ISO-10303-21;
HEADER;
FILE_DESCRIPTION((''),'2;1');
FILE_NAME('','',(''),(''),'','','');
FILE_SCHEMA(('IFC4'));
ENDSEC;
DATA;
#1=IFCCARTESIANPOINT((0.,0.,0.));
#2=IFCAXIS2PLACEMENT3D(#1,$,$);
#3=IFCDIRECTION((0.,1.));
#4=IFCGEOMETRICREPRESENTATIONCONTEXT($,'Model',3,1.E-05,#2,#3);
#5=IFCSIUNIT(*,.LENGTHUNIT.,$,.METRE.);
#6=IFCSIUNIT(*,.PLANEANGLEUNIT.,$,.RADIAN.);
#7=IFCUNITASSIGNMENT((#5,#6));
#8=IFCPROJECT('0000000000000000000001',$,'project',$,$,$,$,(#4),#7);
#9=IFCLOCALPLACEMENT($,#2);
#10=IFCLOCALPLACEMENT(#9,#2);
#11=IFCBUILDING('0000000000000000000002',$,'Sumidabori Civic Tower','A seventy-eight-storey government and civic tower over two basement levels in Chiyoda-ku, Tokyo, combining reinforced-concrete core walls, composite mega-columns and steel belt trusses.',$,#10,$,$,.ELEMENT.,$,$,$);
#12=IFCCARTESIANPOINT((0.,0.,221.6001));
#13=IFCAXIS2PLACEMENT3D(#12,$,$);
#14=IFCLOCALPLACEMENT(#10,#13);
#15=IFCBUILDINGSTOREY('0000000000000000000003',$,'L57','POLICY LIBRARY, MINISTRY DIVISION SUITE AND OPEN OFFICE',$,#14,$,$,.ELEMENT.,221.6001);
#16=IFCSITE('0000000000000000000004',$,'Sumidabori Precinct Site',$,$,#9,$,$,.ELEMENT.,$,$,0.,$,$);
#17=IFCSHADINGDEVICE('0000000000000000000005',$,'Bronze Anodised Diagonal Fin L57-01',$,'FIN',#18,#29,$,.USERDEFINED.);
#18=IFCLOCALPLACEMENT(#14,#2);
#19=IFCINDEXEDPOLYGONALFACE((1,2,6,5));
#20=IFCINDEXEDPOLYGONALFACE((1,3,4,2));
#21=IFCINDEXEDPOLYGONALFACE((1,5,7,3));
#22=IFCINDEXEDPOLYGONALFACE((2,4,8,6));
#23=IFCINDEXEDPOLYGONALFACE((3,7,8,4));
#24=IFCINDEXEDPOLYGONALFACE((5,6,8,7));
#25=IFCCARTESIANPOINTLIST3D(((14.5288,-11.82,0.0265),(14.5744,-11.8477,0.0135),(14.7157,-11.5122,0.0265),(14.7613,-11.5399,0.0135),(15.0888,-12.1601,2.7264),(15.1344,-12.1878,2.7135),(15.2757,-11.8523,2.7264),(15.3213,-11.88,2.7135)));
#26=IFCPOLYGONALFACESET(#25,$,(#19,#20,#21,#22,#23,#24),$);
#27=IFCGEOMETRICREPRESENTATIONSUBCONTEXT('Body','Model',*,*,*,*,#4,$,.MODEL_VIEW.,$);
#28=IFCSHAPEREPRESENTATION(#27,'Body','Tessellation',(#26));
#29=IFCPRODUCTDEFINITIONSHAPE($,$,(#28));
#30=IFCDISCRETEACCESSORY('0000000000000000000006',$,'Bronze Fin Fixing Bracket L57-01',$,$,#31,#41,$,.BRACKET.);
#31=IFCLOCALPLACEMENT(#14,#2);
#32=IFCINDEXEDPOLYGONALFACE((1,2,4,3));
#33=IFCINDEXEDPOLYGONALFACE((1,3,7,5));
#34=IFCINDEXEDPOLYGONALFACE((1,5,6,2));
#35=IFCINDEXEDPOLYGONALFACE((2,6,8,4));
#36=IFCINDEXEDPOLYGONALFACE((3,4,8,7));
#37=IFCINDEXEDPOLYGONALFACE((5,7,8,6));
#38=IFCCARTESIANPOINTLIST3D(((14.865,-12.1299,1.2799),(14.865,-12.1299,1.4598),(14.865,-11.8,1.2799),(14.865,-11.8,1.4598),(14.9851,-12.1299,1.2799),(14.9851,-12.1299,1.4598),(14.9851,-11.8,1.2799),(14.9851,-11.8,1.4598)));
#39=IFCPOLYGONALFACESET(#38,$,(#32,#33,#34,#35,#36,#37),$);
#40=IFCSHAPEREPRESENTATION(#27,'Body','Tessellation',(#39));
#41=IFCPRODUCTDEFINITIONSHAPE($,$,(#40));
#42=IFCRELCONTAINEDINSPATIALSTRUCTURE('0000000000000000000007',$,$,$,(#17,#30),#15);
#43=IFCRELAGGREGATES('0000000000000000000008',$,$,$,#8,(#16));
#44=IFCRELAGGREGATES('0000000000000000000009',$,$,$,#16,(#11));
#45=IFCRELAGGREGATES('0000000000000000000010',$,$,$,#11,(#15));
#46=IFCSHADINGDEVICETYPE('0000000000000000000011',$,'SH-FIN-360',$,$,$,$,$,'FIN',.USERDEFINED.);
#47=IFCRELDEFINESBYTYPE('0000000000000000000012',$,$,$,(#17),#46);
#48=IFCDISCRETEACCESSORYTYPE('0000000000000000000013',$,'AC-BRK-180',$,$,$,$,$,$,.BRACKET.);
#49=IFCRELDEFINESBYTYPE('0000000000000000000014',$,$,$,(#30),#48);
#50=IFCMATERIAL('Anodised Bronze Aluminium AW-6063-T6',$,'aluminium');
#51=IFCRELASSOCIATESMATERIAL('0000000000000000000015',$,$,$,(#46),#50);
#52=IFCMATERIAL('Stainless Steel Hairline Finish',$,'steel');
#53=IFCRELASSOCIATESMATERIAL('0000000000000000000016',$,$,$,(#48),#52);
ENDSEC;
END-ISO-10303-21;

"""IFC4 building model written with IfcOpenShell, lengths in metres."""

from ifc_helpers import new_model, si_unit, direction, frame, origin, origin_2d, place, context, subcontext, project, spatial, rectangle, extrude, source, transform, mapped, material, material_profile, profile_set, type_object, element, save


model = new_model("IFC4")

# Units and contexts
model_context = context("Model", 3, precision=1e-05, world=origin(), true_north=direction((0.0, 1.0)))
body_context = subcontext(model_context, "Body", "Model", "MODEL_VIEW")
ifc_project = project(units=[si_unit("LENGTHUNIT", "METRE"), si_unit("PLANEANGLEUNIT", "RADIAN")], contexts=[model_context])

# Site, building, storey
site_placement = place(None, origin())
site = spatial("IfcSite", under=ifc_project, at=site_placement, Name="Sumidabori Precinct Site", CompositionType="ELEMENT", RefElevation=0.0)
building_placement = place(site_placement, origin())
building = spatial("IfcBuilding", under=site, at=building_placement, Name="Sumidabori Civic Tower", Description="A seventy-eight-storey government and civic tower over two basement levels in Chiyoda-ku, Tokyo, combining reinforced-concrete core walls, composite mega-columns and steel belt trusses.", CompositionType="ELEMENT")
storey_placement = place(building_placement, frame((0.0, 0.0, 221.6001)))
storey = spatial("IfcBuildingStorey", under=building, at=storey_placement, Name="L57", Description="POLICY LIBRARY, MINISTRY DIVISION SUITE AND OPEN OFFICE", CompositionType="ELEMENT", Elevation=221.6001)

# Shared definitions
ifc_material_1 = material(Name="Anodised Bronze Aluminium AW-6063-T6", Category="aluminium")

# Shading device
ifc_material_profile_1 = material_profile(ifc_material_1, rectangle(XDim=0.0549, YDim=0.3601, at=origin_2d()), Name="BRONZE FIN 360x55")
ifc_profile_set_1 = profile_set([ifc_material_profile_1], Name="Anodised Bronze Aluminium AW-6063-T6")
shading_device_type = type_object("IfcShadingDeviceType", Name="SH-FIN-360", ElementType="FIN", PredefinedType="USERDEFINED", material=ifc_profile_set_1)
shared_shape_1 = source(origin(), body_context, "Body", "SweptSolid", [
    extrude(rectangle(XDim=0.0549, YDim=0.3601, at=origin_2d()), origin(), (0.0, 0.0, 1.0), 2.7783),
])
shading_device_placement = place(storey_placement, frame((14.645, -11.6799, 0.02), z_axis=(0.201582, -0.122408, 0.971793), x_axis=(0.830642, -0.504396, -0.235837)))
element("IfcShadingDevice", 1, at=shading_device_placement, inside=storey, type_object=shading_device_type, Name="Bronze Anodised Diagonal Fin L57-01", ObjectType="FIN", PredefinedType="USERDEFINED", context=body_context, shape_type="MappedRepresentation", body=[
    mapped(shared_shape_1, transform((0.0, 0.0, 0.0), x_axis=(1.0, 0.0, 0.0), y_axis=(0.0, 1.0, 0.0), z_axis=(0.0, 0.0, 1.0), scale=1.0)),
])

# Discrete accessory
ifc_material_2 = material(Name="Stainless Steel Hairline Finish", Category="steel")
ifc_material_profile_2 = material_profile(ifc_material_2, rectangle(XDim=0.1201, YDim=0.1799, at=origin_2d()), Name="STEEL BRACKET 180x120")
ifc_profile_set_2 = profile_set([ifc_material_profile_2], Name="Stainless Steel Hairline Finish")
discrete_accessory_type = type_object("IfcDiscreteAccessoryType", Name="AC-BRK-180", PredefinedType="BRACKET", material=ifc_profile_set_2)
shared_shape_2 = source(origin(), body_context, "Body", "SweptSolid", [
    extrude(rectangle(XDim=0.1201, YDim=0.1799, at=origin_2d()), origin(), (0.0, 0.0, 1.0), 0.3298),
])
discrete_accessory_placement = place(storey_placement, frame((14.925, -11.8, 1.3699), z_axis=(0.0, -1.0, 0.0), x_axis=(1.0, 0.0, 0.0)))
element("IfcDiscreteAccessory", 2, at=discrete_accessory_placement, inside=storey, type_object=discrete_accessory_type, Name="Bronze Fin Fixing Bracket L57-01", PredefinedType="BRACKET", context=body_context, shape_type="MappedRepresentation", body=[
    mapped(shared_shape_2, transform((0.0, 0.0, 0.0), x_axis=(1.0, 0.0, 0.0), y_axis=(0.0, 1.0, 0.0), z_axis=(0.0, 0.0, 1.0), scale=1.0)),
])

save(model, "model.ifc")
